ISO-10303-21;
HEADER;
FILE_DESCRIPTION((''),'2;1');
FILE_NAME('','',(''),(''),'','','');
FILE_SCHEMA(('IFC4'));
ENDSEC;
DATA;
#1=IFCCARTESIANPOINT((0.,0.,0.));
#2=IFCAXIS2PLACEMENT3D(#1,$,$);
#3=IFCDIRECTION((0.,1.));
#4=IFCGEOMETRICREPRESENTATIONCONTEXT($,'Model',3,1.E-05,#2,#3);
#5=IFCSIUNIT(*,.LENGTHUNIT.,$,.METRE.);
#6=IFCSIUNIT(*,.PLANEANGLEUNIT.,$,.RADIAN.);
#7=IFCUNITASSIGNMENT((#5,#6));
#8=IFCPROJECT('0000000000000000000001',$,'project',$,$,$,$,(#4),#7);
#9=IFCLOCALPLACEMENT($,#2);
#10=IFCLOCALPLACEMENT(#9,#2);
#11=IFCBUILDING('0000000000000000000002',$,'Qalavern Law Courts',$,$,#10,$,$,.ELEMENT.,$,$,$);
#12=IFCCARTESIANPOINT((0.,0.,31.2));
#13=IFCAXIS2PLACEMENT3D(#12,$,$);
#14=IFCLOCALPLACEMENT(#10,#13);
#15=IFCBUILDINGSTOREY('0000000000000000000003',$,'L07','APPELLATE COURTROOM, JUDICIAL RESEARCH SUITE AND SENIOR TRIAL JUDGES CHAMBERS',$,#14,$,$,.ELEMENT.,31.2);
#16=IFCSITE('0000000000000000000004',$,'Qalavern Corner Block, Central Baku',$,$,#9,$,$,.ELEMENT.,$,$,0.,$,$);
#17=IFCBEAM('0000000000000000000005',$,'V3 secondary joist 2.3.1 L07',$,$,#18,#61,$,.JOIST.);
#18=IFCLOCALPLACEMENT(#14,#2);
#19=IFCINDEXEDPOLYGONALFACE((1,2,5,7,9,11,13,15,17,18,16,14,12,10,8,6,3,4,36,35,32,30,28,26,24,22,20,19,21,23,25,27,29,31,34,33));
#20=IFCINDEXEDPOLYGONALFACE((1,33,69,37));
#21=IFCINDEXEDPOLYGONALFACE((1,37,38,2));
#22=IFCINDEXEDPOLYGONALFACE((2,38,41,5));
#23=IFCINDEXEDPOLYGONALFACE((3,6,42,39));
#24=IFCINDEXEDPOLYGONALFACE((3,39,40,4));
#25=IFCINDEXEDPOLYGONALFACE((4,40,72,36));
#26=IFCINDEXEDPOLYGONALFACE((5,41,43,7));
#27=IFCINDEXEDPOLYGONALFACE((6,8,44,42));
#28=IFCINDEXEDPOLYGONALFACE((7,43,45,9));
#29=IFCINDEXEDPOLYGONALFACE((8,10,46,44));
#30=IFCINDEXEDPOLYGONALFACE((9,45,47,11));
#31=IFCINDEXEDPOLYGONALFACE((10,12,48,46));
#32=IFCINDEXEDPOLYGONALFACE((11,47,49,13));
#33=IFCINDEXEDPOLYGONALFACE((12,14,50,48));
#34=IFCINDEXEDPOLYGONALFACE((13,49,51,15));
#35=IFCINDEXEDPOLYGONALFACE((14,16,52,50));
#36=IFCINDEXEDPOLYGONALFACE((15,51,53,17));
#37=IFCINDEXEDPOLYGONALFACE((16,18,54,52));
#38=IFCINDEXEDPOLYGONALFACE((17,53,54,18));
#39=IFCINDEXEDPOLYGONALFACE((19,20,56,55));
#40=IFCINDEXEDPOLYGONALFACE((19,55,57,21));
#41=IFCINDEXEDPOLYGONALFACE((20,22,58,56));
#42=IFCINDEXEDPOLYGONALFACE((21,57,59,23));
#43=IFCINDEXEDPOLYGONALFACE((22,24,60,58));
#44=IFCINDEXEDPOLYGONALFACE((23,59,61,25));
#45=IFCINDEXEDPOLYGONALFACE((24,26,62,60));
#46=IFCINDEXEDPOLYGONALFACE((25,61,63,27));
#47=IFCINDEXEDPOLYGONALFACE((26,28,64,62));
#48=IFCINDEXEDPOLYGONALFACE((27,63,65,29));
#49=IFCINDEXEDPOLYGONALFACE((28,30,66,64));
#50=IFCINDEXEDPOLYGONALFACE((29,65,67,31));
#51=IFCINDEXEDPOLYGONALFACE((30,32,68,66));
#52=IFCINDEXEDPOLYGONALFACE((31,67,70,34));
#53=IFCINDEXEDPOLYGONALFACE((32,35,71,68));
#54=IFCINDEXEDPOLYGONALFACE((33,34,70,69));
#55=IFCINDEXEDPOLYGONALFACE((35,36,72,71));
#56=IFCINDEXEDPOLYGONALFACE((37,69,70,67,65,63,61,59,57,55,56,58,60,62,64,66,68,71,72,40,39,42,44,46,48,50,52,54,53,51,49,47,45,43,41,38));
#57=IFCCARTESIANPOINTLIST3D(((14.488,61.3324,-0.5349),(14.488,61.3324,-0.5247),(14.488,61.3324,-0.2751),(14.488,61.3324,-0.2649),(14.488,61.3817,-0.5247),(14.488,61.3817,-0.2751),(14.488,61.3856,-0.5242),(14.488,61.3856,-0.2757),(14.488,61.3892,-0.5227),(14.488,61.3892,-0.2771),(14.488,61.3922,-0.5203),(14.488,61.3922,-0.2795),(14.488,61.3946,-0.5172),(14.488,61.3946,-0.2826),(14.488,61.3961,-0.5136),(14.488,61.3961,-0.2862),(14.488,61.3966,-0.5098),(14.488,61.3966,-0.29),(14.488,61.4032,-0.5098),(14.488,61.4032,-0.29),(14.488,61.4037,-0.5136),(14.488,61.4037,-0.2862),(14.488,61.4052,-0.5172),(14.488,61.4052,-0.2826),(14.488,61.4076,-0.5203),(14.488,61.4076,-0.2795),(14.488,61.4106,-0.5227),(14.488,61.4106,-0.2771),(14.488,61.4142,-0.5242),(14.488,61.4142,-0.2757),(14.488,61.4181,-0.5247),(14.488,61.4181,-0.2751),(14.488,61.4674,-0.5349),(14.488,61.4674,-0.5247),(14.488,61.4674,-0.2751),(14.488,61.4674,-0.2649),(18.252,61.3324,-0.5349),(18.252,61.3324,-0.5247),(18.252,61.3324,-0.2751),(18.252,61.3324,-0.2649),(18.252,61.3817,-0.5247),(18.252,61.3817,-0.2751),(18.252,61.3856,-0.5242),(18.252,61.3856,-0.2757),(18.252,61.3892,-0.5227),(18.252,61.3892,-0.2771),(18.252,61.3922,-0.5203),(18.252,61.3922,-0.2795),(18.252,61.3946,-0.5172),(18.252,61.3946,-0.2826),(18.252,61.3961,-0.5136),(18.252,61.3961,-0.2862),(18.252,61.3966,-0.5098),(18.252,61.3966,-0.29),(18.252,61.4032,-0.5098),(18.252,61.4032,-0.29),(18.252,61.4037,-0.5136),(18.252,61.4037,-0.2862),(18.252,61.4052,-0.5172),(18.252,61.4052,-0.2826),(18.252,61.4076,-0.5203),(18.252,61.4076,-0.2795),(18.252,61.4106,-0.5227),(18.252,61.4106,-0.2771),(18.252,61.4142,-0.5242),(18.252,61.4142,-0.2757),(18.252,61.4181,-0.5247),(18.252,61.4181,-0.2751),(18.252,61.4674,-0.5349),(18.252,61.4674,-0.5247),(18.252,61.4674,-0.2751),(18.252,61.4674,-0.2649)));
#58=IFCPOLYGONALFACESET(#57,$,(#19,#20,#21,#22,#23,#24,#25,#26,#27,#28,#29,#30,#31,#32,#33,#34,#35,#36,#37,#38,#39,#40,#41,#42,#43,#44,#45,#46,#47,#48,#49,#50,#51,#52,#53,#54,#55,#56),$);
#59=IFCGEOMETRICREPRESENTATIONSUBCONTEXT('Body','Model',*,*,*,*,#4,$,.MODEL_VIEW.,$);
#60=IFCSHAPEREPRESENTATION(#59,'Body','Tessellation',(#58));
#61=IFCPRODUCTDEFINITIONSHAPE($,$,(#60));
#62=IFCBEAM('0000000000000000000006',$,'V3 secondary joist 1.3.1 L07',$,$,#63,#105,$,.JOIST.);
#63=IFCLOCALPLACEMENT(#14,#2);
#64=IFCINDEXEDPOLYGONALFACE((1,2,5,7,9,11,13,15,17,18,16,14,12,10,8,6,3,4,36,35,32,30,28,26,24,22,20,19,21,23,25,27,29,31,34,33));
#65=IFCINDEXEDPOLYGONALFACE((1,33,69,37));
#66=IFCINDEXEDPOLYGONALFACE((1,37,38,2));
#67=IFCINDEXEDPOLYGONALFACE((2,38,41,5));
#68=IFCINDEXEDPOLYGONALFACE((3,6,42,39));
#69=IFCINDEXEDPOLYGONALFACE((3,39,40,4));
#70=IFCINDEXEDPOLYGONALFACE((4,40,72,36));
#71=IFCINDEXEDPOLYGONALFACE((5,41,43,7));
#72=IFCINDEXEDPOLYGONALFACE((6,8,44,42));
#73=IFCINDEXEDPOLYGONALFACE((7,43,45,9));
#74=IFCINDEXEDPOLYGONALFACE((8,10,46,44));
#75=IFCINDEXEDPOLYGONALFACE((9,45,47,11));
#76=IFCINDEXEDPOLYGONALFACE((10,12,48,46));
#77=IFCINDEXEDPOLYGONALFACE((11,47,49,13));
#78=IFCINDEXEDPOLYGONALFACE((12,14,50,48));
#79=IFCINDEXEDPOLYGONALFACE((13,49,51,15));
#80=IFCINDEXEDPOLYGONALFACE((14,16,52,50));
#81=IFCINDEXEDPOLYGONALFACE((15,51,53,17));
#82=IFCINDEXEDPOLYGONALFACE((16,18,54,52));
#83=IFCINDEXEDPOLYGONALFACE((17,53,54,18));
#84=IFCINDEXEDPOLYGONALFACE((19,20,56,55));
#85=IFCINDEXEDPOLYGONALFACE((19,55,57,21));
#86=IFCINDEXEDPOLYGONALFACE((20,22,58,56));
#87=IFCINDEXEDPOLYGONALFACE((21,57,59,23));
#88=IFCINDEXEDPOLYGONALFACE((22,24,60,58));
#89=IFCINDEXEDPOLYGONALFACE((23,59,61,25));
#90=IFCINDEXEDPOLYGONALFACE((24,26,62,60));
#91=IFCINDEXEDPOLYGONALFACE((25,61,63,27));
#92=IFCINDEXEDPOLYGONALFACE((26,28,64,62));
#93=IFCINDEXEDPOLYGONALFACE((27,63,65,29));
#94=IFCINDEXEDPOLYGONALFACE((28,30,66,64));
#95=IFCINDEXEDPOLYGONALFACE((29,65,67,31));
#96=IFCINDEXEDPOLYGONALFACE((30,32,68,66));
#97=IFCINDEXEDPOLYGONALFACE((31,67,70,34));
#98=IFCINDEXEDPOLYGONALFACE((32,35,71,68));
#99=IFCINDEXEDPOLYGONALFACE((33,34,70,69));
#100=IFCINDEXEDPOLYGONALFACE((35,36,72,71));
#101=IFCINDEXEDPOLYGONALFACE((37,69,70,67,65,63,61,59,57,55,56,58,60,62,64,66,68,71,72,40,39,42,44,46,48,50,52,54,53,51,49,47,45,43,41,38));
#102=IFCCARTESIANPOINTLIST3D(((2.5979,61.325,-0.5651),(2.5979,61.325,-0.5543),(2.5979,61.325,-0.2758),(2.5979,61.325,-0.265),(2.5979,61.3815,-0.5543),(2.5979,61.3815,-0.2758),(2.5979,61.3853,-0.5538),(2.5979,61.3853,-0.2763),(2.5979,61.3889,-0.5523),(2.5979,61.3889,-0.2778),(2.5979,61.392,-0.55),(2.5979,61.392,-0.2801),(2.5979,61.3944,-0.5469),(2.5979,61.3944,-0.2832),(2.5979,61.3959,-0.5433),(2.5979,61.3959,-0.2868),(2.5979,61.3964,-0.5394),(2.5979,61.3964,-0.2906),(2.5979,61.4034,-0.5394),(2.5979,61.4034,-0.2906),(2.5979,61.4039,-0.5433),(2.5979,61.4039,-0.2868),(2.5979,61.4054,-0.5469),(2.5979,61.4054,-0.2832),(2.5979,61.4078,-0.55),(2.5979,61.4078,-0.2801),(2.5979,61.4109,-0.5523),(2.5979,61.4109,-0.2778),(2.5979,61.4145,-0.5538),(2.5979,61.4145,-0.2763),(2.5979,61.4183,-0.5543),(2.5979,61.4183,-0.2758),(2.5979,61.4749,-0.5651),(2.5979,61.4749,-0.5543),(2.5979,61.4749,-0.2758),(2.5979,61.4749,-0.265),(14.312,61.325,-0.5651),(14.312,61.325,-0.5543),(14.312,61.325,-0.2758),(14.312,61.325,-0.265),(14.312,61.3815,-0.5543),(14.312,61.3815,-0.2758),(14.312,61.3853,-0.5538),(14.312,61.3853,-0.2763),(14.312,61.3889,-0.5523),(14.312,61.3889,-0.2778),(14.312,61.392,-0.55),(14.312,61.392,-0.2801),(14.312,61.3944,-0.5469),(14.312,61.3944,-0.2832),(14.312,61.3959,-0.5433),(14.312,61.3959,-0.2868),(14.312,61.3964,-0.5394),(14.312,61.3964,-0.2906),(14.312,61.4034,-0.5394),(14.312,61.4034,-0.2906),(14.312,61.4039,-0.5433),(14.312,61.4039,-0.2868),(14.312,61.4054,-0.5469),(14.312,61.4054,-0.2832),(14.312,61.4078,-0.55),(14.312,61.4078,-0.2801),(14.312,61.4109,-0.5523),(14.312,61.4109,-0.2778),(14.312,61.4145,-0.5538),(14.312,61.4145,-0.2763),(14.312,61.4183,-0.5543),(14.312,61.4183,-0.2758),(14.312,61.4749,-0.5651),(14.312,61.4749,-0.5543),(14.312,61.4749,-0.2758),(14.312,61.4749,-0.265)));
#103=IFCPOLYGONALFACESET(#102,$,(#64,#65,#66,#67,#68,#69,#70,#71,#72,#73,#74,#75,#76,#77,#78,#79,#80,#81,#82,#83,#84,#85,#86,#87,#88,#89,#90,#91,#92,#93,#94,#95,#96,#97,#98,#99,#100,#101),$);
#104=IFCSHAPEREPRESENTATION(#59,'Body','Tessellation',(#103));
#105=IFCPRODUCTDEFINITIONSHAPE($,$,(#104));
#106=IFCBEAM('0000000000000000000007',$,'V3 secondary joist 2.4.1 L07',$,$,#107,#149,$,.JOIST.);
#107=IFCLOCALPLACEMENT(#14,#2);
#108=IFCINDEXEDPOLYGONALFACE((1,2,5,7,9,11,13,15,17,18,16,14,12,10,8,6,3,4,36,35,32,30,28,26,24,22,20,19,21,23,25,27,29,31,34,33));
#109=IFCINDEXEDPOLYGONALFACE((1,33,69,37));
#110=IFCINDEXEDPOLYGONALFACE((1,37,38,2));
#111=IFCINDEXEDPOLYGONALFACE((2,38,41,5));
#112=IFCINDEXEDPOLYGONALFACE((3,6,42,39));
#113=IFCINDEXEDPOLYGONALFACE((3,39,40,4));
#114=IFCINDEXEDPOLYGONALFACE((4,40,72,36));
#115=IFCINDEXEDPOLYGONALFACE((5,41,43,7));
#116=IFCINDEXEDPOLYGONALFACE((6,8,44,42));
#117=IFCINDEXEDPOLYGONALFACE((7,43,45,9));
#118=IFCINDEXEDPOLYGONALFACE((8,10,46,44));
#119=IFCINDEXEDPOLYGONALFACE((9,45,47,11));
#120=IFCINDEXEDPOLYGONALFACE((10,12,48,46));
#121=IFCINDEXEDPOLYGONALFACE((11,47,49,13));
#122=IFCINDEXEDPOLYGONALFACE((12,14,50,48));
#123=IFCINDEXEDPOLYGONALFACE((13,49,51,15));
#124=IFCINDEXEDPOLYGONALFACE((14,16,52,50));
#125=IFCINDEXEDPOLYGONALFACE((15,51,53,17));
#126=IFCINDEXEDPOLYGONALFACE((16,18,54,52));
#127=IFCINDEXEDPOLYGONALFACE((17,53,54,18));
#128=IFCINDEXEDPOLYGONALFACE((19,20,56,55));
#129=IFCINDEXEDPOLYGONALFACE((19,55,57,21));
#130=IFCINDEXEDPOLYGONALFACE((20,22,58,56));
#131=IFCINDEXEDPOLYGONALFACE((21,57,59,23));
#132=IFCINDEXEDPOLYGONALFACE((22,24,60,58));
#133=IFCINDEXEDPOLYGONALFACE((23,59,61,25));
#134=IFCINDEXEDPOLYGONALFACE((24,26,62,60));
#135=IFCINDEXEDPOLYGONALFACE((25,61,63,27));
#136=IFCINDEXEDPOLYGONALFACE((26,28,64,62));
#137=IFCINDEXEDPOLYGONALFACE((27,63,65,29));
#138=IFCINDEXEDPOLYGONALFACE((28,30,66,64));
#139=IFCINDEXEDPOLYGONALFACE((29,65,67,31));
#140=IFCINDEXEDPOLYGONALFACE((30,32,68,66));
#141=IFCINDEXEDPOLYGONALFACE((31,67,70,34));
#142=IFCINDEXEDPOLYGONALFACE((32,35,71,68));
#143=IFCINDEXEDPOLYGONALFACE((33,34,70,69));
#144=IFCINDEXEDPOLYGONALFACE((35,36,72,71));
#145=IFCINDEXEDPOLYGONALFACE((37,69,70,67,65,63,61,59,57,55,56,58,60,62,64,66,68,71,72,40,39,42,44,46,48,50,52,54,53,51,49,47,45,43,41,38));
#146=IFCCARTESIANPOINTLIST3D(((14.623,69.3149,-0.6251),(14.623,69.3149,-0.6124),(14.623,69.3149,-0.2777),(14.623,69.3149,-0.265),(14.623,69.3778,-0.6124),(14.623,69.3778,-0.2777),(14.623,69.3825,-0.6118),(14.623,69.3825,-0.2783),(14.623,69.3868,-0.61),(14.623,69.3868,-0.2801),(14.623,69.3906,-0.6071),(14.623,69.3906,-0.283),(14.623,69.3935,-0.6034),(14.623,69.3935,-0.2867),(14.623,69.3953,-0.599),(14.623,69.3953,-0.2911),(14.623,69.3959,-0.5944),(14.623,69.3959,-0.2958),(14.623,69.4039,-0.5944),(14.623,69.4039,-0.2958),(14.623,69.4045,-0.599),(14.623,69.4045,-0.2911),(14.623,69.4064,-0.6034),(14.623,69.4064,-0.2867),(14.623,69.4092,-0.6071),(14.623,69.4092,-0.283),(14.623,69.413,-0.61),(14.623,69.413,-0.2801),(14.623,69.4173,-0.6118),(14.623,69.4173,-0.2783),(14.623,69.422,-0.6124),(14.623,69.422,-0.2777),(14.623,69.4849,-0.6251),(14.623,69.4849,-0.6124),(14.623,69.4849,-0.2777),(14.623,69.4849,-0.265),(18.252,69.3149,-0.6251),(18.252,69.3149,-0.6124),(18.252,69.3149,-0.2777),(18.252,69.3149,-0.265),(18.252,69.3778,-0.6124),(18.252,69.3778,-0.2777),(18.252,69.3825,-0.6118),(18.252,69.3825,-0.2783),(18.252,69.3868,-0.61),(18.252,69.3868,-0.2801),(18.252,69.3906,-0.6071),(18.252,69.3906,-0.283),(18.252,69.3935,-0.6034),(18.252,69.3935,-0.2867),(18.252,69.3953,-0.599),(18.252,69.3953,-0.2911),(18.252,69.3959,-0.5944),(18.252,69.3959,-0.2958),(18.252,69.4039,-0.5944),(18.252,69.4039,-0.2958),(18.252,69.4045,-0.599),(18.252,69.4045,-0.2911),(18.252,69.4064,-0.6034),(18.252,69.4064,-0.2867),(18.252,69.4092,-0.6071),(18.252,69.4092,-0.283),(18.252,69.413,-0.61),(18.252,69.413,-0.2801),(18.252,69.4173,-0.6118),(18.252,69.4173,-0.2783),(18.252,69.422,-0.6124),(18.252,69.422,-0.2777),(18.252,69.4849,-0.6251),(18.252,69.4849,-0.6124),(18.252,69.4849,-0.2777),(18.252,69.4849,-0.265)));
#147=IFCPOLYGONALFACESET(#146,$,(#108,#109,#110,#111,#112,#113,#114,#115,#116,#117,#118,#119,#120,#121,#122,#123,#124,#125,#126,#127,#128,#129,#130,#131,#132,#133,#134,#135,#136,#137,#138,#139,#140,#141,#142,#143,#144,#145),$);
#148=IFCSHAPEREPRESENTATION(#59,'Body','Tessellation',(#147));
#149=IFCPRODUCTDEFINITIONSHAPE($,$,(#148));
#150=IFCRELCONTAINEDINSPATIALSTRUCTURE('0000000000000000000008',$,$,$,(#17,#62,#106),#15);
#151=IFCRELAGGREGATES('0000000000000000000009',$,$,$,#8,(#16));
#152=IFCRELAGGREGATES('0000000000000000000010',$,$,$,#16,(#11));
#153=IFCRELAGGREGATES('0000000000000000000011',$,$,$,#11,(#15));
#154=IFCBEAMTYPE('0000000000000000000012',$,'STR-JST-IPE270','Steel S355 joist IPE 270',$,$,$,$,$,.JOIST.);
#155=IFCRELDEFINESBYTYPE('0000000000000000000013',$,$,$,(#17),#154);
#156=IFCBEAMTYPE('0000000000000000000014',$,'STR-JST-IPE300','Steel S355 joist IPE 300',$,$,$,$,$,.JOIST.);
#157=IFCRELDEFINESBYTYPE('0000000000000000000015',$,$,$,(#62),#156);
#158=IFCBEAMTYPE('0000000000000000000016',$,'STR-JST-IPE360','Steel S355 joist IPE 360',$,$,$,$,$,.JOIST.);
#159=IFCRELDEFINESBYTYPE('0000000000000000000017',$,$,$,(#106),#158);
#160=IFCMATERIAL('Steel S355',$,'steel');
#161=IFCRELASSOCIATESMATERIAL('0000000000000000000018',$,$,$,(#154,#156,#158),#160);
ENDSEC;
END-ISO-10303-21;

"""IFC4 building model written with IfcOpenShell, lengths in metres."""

from ifc_helpers import new_model, si_unit, direction, frame, origin, origin_2d, place, context, subcontext, project, spatial, i_section, extrude, material, material_profile, profile_set, type_object, element, save


model = new_model("IFC4")

# Units and contexts
model_context = context("Model", 3, precision=1e-05, world=origin(), true_north=direction((0.0, 1.0)))
body_context = subcontext(model_context, "Body", "Model", "MODEL_VIEW")
ifc_project = project(units=[si_unit("LENGTHUNIT", "METRE"), si_unit("PLANEANGLEUNIT", "RADIAN")], contexts=[model_context])

# Site, building, storey
site_placement = place(None, origin())
site = spatial("IfcSite", under=ifc_project, at=site_placement, Name="Qalavern Corner Block, Central Baku", CompositionType="ELEMENT", RefElevation=0.0)
building_placement = place(site_placement, origin())
building = spatial("IfcBuilding", under=site, at=building_placement, Name="Qalavern Law Courts", CompositionType="ELEMENT")
storey_placement = place(building_placement, frame((0.0, 0.0, 31.2)))
storey = spatial("IfcBuildingStorey", under=building, at=storey_placement, Name="L07", Description="APPELLATE COURTROOM, JUDICIAL RESEARCH SUITE AND SENIOR TRIAL JUDGES CHAMBERS", CompositionType="ELEMENT", Elevation=31.2)

# Beams
ifc_material_1 = material(Name="Steel S355", Category="steel")
ifc_material_profile_1 = material_profile(ifc_material_1, i_section(OverallWidth=0.135, OverallDepth=0.27, WebThickness=0.0066, FlangeThickness=0.0103, FilletRadius=0.0149, at=origin_2d()), Name="IPE 270")
ifc_profile_set_1 = profile_set([ifc_material_profile_1], Name="Steel S355")
beam_type_1 = type_object("IfcBeamType", Name="STR-JST-IPE270", Description="Steel S355 joist IPE 270", PredefinedType="JOIST", material=ifc_profile_set_1)
beam_1_placement = place(storey_placement, frame((14.488, 61.3999, -0.3999), z_axis=(1.0, 0.0, 0.0), x_axis=(0.0, 1.0, 0.0)))
element("IfcBeam", 1, at=beam_1_placement, inside=storey, type_object=beam_type_1, Name="V3 secondary joist 2.3.1 L07", PredefinedType="JOIST", context=body_context, shape_type="SweptSolid", body=[
    extrude(i_section(OverallWidth=0.135, OverallDepth=0.27, WebThickness=0.0066, FlangeThickness=0.0103, FilletRadius=0.0149, at=origin_2d()), origin(), (0.0, 0.0, 1.0), 3.7639),
])
ifc_material_profile_2 = material_profile(ifc_material_1, i_section(OverallWidth=0.1499, OverallDepth=0.3, WebThickness=0.0071, FlangeThickness=0.0107, FilletRadius=0.0149, at=origin_2d()), Name="IPE 300")
ifc_profile_set_2 = profile_set([ifc_material_profile_2], Name="Steel S355")
beam_type_2 = type_object("IfcBeamType", Name="STR-JST-IPE300", Description="Steel S355 joist IPE 300", PredefinedType="JOIST", material=ifc_profile_set_2)
beam_2_placement = place(storey_placement, frame((2.5979, 61.3999, -0.415), z_axis=(1.0, 0.0, 0.0), x_axis=(0.0, 1.0, 0.0)))
element("IfcBeam", 2, at=beam_2_placement, inside=storey, type_object=beam_type_2, Name="V3 secondary joist 1.3.1 L07", PredefinedType="JOIST", context=body_context, shape_type="SweptSolid", body=[
    extrude(i_section(OverallWidth=0.1499, OverallDepth=0.3, WebThickness=0.0071, FlangeThickness=0.0107, FilletRadius=0.0149, at=origin_2d()), origin(), (0.0, 0.0, 1.0), 11.7141),
])
ifc_material_profile_3 = material_profile(ifc_material_1, i_section(OverallWidth=0.1699, OverallDepth=0.3601, WebThickness=0.0081, FlangeThickness=0.0127, FilletRadius=0.0181, at=origin_2d()), Name="IPE 360")
ifc_profile_set_3 = profile_set([ifc_material_profile_3], Name="Steel S355")
beam_type_3 = type_object("IfcBeamType", Name="STR-JST-IPE360", Description="Steel S355 joist IPE 360", PredefinedType="JOIST", material=ifc_profile_set_3)
beam_3_placement = place(storey_placement, frame((14.623, 69.3999, -0.4451), z_axis=(1.0, 0.0, 0.0), x_axis=(0.0, 1.0, 0.0)))
element("IfcBeam", 3, at=beam_3_placement, inside=storey, type_object=beam_type_3, Name="V3 secondary joist 2.4.1 L07", PredefinedType="JOIST", context=body_context, shape_type="SweptSolid", body=[
    extrude(i_section(OverallWidth=0.1699, OverallDepth=0.3601, WebThickness=0.0081, FlangeThickness=0.0127, FilletRadius=0.0181, at=origin_2d()), origin(), (0.0, 0.0, 1.0), 3.6289),
])

save(model, "model.ifc")
